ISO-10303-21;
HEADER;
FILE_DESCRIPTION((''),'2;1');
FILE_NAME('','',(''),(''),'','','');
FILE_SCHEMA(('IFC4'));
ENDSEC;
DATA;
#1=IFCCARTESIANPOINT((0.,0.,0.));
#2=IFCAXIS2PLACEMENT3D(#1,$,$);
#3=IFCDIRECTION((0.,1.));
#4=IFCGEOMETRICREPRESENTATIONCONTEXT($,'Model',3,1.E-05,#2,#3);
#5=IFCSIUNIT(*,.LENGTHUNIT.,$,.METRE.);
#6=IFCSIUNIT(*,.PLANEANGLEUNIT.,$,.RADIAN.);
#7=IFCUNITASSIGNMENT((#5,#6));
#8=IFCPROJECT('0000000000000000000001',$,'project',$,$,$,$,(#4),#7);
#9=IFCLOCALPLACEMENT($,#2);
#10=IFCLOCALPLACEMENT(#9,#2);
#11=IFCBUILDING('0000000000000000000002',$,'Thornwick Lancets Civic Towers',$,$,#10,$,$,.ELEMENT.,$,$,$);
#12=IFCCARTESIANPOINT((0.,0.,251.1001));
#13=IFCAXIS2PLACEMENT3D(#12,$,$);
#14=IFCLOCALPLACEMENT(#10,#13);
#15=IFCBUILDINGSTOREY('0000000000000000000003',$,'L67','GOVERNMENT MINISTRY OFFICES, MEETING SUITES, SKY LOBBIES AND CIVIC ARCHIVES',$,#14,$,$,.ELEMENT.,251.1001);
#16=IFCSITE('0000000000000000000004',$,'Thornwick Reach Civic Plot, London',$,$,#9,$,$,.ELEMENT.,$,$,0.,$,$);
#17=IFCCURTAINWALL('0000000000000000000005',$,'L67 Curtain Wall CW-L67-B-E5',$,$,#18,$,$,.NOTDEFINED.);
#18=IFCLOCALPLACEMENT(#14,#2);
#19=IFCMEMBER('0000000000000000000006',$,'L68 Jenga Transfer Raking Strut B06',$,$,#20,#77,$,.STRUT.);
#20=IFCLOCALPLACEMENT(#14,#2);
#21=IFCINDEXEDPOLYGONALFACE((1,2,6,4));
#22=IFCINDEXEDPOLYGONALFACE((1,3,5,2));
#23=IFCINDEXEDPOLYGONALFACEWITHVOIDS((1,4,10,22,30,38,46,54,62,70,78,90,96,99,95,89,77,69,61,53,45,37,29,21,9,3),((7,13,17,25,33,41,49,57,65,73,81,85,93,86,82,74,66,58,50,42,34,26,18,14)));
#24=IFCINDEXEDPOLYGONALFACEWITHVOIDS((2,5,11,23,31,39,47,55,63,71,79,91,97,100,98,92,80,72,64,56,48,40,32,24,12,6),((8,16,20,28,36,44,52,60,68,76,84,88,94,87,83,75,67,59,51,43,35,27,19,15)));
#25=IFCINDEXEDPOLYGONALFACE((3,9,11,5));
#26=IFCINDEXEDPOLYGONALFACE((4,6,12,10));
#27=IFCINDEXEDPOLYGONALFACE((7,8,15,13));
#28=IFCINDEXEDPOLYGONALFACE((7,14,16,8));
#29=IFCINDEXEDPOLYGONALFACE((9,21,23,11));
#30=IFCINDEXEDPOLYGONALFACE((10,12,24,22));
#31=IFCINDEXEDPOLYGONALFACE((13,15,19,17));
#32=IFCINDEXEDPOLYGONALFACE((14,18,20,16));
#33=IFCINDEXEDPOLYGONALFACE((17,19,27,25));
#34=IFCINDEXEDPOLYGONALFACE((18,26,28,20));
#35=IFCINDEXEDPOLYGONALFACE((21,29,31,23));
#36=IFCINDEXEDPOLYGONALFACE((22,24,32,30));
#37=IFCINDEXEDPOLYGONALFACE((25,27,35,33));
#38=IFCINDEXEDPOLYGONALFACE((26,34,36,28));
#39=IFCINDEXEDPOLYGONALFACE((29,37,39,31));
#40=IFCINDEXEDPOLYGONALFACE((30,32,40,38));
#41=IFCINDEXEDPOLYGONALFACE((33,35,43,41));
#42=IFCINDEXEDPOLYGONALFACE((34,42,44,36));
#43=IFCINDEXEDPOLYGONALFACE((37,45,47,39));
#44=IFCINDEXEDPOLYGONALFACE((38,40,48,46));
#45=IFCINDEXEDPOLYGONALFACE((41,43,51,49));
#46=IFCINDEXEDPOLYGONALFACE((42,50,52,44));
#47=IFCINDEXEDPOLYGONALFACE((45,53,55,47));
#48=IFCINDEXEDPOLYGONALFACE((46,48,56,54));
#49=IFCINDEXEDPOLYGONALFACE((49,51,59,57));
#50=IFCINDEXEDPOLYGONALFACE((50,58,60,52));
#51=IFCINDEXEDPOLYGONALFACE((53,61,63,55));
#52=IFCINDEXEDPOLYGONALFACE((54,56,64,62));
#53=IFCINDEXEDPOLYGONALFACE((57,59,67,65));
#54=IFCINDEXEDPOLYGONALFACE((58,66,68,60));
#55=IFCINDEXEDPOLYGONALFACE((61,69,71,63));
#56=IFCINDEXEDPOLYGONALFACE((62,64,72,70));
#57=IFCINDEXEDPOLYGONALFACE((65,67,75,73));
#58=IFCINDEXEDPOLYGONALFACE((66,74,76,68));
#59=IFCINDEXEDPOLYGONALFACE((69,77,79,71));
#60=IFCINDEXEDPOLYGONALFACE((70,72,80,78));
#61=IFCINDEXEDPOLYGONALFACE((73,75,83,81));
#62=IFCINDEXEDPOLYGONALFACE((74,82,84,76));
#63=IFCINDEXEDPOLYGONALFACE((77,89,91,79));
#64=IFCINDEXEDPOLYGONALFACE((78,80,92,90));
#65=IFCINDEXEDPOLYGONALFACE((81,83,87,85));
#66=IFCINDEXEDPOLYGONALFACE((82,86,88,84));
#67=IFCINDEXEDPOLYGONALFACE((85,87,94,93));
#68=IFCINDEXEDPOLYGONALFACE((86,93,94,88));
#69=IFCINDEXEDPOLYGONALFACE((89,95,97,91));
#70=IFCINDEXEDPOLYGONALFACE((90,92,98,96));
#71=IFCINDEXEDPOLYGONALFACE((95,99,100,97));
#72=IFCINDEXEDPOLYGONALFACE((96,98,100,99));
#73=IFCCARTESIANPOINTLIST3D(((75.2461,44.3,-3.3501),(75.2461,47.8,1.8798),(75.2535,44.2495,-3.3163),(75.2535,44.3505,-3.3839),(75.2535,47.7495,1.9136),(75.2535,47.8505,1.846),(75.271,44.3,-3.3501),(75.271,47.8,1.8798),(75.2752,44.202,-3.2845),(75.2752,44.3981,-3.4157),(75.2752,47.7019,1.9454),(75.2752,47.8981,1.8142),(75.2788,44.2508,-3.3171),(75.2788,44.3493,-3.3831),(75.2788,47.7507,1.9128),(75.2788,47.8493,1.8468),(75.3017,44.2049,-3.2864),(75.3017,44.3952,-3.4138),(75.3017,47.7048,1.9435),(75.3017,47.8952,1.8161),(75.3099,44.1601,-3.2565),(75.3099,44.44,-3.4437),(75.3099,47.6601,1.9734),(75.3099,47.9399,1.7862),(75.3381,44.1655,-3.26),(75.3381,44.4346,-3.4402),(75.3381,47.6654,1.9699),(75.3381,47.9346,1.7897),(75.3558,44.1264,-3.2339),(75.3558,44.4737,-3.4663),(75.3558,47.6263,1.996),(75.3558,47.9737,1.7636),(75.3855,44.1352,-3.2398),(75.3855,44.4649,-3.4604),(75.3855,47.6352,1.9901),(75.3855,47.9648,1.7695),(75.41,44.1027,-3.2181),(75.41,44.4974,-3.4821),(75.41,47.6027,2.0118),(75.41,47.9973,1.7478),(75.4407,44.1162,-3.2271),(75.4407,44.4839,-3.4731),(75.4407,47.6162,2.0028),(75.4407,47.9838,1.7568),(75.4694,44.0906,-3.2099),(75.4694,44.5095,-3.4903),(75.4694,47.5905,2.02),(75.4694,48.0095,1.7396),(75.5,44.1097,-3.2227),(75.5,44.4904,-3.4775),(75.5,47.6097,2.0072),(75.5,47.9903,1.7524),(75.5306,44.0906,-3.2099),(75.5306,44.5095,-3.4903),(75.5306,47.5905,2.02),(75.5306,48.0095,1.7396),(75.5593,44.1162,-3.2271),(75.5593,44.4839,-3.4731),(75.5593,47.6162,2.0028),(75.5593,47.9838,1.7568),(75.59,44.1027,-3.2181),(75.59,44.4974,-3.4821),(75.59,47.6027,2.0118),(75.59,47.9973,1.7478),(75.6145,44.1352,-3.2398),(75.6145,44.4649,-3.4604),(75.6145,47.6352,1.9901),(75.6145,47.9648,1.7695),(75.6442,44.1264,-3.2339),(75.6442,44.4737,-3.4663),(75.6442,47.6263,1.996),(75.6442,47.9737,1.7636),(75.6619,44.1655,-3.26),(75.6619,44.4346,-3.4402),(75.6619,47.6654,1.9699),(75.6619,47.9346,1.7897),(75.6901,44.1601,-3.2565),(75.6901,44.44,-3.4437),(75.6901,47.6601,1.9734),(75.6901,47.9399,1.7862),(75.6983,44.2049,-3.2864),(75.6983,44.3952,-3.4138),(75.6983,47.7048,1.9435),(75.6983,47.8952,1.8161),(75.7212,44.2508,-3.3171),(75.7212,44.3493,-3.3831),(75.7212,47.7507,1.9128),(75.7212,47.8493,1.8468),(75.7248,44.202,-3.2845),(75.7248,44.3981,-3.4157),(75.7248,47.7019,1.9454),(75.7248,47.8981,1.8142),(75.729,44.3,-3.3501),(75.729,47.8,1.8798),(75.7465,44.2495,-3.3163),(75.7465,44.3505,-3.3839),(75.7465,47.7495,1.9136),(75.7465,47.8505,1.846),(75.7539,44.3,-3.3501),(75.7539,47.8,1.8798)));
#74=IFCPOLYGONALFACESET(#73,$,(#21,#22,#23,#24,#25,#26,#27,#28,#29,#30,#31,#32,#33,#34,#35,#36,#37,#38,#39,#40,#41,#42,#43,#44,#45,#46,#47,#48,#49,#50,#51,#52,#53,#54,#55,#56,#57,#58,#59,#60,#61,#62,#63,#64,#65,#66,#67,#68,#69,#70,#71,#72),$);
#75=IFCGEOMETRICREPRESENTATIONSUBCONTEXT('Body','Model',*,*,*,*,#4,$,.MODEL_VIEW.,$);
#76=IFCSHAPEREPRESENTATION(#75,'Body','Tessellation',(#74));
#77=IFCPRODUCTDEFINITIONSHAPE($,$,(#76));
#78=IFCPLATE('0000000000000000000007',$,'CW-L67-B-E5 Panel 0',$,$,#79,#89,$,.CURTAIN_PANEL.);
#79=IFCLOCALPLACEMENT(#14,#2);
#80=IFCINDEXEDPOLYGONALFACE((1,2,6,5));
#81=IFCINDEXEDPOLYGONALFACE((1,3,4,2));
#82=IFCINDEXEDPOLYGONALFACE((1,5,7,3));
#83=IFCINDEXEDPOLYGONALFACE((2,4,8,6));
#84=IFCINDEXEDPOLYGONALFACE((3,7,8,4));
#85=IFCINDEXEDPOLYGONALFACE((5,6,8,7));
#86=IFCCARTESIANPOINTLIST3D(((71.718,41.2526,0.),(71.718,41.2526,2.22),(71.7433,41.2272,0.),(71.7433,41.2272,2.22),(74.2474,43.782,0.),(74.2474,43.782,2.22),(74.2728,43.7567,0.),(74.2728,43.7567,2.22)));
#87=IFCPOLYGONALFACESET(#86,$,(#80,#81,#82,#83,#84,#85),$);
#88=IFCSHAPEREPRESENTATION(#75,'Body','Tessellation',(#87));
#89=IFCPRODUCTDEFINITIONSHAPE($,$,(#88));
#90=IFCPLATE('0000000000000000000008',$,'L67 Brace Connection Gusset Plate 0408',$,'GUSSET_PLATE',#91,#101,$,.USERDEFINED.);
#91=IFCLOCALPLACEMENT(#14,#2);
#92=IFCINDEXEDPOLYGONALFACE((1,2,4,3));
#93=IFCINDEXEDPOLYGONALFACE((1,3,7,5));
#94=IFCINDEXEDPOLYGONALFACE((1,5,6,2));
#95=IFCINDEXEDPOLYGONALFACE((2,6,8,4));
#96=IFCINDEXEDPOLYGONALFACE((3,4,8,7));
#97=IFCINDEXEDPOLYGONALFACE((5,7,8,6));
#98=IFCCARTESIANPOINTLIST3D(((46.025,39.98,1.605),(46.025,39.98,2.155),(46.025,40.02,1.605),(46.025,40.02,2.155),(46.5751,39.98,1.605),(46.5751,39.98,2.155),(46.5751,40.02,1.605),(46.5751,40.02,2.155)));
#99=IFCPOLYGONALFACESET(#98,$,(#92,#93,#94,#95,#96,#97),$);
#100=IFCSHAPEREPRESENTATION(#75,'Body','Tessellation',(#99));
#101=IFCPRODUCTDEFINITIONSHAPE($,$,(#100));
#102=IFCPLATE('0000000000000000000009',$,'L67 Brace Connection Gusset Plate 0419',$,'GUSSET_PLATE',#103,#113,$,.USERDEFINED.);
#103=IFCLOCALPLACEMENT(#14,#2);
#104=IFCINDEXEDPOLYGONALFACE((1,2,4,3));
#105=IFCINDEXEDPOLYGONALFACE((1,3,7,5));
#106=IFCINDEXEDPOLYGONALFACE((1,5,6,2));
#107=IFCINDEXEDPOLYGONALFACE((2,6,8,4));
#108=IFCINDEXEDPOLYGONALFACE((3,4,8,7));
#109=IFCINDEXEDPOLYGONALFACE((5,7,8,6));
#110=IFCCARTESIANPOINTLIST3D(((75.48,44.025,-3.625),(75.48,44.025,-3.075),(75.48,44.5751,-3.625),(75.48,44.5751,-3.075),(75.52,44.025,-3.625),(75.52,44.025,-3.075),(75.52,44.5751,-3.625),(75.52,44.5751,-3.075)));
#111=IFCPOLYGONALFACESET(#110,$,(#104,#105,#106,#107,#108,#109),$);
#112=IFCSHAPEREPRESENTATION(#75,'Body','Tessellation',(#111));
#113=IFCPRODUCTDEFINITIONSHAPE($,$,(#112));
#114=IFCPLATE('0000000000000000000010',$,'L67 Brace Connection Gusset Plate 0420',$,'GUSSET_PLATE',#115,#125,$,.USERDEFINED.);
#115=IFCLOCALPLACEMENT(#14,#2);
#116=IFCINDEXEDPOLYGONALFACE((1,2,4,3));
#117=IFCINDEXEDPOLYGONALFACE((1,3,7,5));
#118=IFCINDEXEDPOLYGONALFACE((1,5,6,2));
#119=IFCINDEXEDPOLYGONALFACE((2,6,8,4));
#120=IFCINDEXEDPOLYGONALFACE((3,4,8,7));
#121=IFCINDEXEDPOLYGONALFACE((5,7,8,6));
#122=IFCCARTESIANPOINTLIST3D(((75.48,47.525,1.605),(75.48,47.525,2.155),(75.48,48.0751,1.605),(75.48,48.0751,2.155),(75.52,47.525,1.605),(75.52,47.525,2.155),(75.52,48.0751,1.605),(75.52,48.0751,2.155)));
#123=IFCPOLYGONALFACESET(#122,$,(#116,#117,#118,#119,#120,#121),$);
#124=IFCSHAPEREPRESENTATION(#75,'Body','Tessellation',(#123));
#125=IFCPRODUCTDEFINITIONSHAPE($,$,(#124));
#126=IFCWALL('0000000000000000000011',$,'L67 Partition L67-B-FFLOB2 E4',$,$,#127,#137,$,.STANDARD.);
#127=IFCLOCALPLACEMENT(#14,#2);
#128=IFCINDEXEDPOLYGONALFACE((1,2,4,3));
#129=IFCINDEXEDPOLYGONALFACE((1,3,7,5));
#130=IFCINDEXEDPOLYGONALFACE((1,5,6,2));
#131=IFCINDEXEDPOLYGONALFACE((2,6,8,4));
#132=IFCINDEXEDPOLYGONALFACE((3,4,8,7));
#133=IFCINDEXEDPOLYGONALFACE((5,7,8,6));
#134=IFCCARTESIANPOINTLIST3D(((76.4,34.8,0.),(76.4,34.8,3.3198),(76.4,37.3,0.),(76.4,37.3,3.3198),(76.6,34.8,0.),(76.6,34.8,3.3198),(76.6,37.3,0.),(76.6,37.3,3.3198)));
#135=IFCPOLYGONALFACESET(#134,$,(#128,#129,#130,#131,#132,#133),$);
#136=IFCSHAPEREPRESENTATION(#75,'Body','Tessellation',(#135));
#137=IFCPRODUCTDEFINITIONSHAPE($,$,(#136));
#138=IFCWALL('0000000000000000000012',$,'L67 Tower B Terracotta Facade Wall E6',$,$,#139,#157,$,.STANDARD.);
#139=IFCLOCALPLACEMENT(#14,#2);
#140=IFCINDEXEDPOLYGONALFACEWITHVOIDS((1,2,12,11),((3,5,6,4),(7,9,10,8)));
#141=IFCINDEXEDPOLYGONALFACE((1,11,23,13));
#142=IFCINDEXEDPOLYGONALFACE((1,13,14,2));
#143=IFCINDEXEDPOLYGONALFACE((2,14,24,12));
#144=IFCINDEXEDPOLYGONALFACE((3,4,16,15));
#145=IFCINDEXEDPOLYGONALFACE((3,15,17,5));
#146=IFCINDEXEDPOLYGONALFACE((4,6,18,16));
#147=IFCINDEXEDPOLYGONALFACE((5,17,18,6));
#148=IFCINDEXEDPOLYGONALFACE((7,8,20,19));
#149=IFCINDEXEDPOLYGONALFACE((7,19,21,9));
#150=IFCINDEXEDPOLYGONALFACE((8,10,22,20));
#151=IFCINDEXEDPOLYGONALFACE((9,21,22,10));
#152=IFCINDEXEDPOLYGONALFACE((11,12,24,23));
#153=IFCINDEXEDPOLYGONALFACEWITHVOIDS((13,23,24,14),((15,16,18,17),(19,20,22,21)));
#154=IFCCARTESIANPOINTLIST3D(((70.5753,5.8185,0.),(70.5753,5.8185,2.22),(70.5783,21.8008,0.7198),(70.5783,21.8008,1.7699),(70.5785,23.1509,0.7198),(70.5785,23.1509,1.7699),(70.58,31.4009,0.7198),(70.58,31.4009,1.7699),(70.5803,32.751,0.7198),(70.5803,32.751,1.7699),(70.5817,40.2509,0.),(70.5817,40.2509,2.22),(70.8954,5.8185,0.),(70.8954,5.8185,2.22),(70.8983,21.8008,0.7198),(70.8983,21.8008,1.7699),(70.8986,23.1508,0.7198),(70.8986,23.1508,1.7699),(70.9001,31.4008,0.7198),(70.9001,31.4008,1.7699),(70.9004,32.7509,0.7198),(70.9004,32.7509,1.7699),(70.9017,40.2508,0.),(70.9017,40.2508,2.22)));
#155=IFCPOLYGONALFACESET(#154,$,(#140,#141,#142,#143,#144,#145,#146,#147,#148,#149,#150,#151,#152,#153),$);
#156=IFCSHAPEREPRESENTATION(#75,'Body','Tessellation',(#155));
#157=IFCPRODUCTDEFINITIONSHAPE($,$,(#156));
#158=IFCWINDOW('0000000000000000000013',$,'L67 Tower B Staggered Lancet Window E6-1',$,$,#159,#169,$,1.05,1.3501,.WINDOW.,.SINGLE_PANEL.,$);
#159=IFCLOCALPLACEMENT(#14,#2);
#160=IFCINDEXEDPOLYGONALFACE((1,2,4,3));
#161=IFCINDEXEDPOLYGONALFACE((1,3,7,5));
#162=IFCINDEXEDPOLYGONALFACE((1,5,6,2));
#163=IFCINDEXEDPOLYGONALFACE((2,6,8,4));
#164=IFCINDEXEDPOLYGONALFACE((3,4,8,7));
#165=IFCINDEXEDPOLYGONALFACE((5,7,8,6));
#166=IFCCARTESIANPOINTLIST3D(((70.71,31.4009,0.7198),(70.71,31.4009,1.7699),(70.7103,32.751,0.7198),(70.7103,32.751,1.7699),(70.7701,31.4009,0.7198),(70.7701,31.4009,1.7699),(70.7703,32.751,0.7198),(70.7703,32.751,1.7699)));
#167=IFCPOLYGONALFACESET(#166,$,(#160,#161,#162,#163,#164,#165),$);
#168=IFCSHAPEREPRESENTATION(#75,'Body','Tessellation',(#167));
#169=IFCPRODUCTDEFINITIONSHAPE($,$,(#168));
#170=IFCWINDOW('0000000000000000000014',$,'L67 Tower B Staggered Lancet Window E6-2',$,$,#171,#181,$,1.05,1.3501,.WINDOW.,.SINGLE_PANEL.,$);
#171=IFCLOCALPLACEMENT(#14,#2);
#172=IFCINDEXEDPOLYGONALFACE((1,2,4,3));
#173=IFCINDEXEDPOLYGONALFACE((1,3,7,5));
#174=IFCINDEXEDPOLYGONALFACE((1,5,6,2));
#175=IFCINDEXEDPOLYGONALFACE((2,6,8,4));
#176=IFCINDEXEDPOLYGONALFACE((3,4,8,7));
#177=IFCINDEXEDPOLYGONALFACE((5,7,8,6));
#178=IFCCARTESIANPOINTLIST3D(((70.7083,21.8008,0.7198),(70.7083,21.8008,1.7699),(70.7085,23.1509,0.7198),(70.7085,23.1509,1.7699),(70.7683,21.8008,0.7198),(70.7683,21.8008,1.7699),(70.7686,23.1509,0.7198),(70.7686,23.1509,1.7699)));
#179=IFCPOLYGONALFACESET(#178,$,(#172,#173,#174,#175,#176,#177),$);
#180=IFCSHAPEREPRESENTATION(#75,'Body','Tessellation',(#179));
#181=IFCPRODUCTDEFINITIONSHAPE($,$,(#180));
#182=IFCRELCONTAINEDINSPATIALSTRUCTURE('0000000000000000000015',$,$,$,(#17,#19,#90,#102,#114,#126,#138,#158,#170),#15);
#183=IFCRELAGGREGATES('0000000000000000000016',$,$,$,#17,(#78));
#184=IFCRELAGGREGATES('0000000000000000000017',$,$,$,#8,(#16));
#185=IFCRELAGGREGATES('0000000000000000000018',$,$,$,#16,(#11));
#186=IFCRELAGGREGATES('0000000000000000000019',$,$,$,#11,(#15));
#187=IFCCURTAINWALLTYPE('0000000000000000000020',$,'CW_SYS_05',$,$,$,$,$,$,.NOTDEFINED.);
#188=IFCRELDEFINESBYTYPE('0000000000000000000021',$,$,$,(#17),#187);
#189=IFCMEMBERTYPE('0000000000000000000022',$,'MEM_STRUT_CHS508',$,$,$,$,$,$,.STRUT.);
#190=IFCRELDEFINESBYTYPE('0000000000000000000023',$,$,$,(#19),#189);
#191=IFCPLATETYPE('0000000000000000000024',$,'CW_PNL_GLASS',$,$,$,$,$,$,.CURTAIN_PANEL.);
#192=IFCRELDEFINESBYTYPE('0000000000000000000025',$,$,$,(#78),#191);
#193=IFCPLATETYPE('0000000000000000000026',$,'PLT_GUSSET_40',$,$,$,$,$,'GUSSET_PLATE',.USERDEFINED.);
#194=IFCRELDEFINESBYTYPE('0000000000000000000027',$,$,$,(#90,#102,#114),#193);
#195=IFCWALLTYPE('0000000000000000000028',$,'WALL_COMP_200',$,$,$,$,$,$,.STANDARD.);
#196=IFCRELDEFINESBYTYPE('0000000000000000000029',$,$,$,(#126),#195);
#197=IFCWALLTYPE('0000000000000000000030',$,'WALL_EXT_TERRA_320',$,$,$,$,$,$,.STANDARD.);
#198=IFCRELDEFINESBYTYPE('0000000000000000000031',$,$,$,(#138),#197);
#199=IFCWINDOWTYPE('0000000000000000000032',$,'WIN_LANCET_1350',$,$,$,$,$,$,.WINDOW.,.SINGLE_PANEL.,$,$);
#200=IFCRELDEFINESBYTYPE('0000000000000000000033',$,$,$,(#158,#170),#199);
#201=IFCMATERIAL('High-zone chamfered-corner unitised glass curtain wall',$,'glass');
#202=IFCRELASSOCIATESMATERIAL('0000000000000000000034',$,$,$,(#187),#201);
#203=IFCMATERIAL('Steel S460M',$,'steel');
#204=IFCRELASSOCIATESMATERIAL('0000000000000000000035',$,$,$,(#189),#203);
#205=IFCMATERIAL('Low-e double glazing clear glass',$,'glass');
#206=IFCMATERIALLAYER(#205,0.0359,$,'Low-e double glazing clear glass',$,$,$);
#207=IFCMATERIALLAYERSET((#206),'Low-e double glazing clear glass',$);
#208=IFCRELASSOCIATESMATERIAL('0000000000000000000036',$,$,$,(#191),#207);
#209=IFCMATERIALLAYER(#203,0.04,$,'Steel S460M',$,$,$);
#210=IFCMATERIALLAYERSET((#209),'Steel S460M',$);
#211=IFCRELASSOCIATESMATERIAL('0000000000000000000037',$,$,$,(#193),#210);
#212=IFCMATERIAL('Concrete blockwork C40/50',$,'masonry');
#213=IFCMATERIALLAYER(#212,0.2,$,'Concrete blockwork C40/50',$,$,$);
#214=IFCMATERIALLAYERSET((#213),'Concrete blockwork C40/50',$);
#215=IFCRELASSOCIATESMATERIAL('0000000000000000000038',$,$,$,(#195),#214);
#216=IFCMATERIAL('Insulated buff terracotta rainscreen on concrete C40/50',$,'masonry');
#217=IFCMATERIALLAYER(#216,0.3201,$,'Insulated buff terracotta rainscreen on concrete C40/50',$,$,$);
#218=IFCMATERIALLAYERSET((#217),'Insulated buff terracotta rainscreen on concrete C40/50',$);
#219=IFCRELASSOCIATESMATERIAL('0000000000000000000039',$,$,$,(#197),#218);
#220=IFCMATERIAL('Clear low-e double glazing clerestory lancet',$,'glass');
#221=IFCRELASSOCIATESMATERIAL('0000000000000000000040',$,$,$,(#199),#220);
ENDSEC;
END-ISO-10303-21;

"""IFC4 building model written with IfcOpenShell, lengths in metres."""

from ifc_helpers import new_model, si_unit, direction, frame, frame_2d, origin, origin_2d, place, context, subcontext, project, spatial, rectangle, hollow_circle, extrude, material, layer, layer_set, material_profile, profile_set, type_object, element, fill, aggregate, save


model = new_model("IFC4")

# Units and contexts
model_context = context("Model", 3, precision=1e-05, world=origin(), true_north=direction((0.0, 1.0)))
body_context = subcontext(model_context, "Body", "Model", "MODEL_VIEW")
ifc_project = project(units=[si_unit("LENGTHUNIT", "METRE"), si_unit("PLANEANGLEUNIT", "RADIAN")], contexts=[model_context])

# Site, building, storey
site_placement = place(None, origin())
site = spatial("IfcSite", under=ifc_project, at=site_placement, Name="Thornwick Reach Civic Plot, London", CompositionType="ELEMENT", RefElevation=0.0)
building_placement = place(site_placement, origin())
building = spatial("IfcBuilding", under=site, at=building_placement, Name="Thornwick Lancets Civic Towers", CompositionType="ELEMENT")
storey_placement = place(building_placement, frame((0.0, 0.0, 251.1001)))
storey = spatial("IfcBuildingStorey", under=building, at=storey_placement, Name="L67", Description="GOVERNMENT MINISTRY OFFICES, MEETING SUITES, SKY LOBBIES AND CIVIC ARCHIVES", CompositionType="ELEMENT", Elevation=251.1001)

# Curtain wall
ifc_material_1 = material(Name="High-zone chamfered-corner unitised glass curtain wall", Category="glass")
curtain_wall_type = type_object("IfcCurtainWallType", Name="CW_SYS_05", PredefinedType="NOTDEFINED", material=ifc_material_1)
curtain_wall_placement = place(storey_placement, origin())
curtain_wall = element("IfcCurtainWall", 1, at=curtain_wall_placement, inside=storey, type_object=curtain_wall_type, Name="L67 Curtain Wall CW-L67-B-E5", PredefinedType="NOTDEFINED")

# Member
ifc_material_2 = material(Name="Steel S460M", Category="steel")
ifc_material_profile_1 = material_profile(ifc_material_2, hollow_circle(Radius=0.2539, WallThickness=0.0249, at=origin_2d()), Name="CHS 508x25")
ifc_profile_set_1 = profile_set([ifc_material_profile_1], Name="Steel S460M")
member_type_1 = type_object("IfcMemberType", Name="MEM_STRUT_CHS508", PredefinedType="STRUT", material=ifc_profile_set_1)
member_1_placement = place(storey_placement, frame((75.5, 44.3, -3.3501), z_axis=(0.0, 0.556168, 0.83107), x_axis=(-1.0, 0.0, 0.0)))
element("IfcMember", 2, at=member_1_placement, inside=storey, type_object=member_type_1, Name="L68 Jenga Transfer Raking Strut B06", PredefinedType="STRUT", context=body_context, shape_type="SweptSolid", body=[
    extrude(hollow_circle(Radius=0.2539, WallThickness=0.0249, at=origin_2d()), origin(), (0.0, 0.0, 1.0), 6.293),
])

# Plate
ifc_material_3 = material(Name="Low-e double glazing clear glass", Category="glass")
ifc_layer_1 = layer(ifc_material_3, 0.0359, Name="Low-e double glazing clear glass")
ifc_layer_set_1 = layer_set([ifc_layer_1], Name="Low-e double glazing clear glass")
plate_type_1 = type_object("IfcPlateType", Name="CW_PNL_GLASS", PredefinedType="CURTAIN_PANEL", material=ifc_layer_set_1)
plate_placement = place(storey_placement, frame((72.9954, 42.5046, 0.0), z_axis=(0.0, 0.0, 1.0), x_axis=(-0.707107, -0.707107, 0.0)))
plate = element("IfcPlate", 3, at=plate_placement, type_object=plate_type_1, Name="CW-L67-B-E5 Panel 0", PredefinedType="CURTAIN_PANEL", context=body_context, shape_type="SweptSolid", body=[
    extrude(rectangle(XDim=3.5771, YDim=0.0359, at=origin_2d()), origin(), (0.0, 0.0, 1.0), 2.22),
])
aggregate(curtain_wall, [plate])

# Plates
ifc_layer_2 = layer(ifc_material_2, 0.04, Name="Steel S460M")
ifc_layer_set_2 = layer_set([ifc_layer_2], Name="Steel S460M")
plate_type_2 = type_object("IfcPlateType", Name="PLT_GUSSET_40", ElementType="GUSSET_PLATE", PredefinedType="USERDEFINED", material=ifc_layer_set_2)
for number, where, z_axis, x_axis, name in (
    (4, (46.3, 40.0, 1.605), (0.0, 0.0, 1.0), (1.0, 0.0, 0.0), "L67 Brace Connection Gusset Plate 0408"),
    (5, (75.5, 44.3, -3.625), (0.0, 0.0, 1.0), (0.0, 1.0, 0.0), "L67 Brace Connection Gusset Plate 0419"),
    (6, (75.5, 47.8, 1.605), (0.0, 0.0, 1.0), (0.0, 1.0, 0.0), "L67 Brace Connection Gusset Plate 0420"),
):
    element("IfcPlate", number, at=place(storey_placement, frame(where, z_axis=z_axis, x_axis=x_axis)), inside=storey, type_object=plate_type_2, Name=name, ObjectType="GUSSET_PLATE", PredefinedType="USERDEFINED", context=body_context, shape_type="SweptSolid", body=[
        extrude(rectangle(XDim=0.55, YDim=0.04, at=origin_2d()), origin(), (0.0, 0.0, 1.0), 0.55),
    ])

# Wall
ifc_material_4 = material(Name="Concrete blockwork C40/50", Category="masonry")
ifc_layer_3 = layer(ifc_material_4, 0.2, Name="Concrete blockwork C40/50")
ifc_layer_set_3 = layer_set([ifc_layer_3], Name="Concrete blockwork C40/50")
wall_type_1 = type_object("IfcWallType", Name="WALL_COMP_200", PredefinedType="STANDARD", material=ifc_layer_set_3)
wall_1_placement = place(storey_placement, frame((76.5, 37.3, 0.0), z_axis=(0.0, 0.0, 1.0), x_axis=(0.0, -1.0, 0.0)))
element("IfcWall", 7, at=wall_1_placement, inside=storey, type_object=wall_type_1, Name="L67 Partition L67-B-FFLOB2 E4", PredefinedType="STANDARD", context=body_context, shape_type="SweptSolid", body=[
    extrude(rectangle(XDim=2.5, YDim=0.2, at=frame_2d((1.25, 0.0))), origin(), (0.0, 0.0, 1.0), 3.3198),
])

# Wall, openings, windows
ifc_material_5 = material(Name="Insulated buff terracotta rainscreen on concrete C40/50", Category="masonry")
ifc_layer_4 = layer(ifc_material_5, 0.3201, Name="Insulated buff terracotta rainscreen on concrete C40/50")
ifc_layer_set_4 = layer_set([ifc_layer_4], Name="Insulated buff terracotta rainscreen on concrete C40/50")
wall_type_2 = type_object("IfcWallType", Name="WALL_EXT_TERRA_320", PredefinedType="STANDARD", material=ifc_layer_set_4)
wall_2_placement = place(storey_placement, frame((70.7417, 40.251, 0.0), z_axis=(0.0, 0.0, 1.0), x_axis=(-0.000184, -1.0, 0.0)))
wall_2 = element("IfcWall", 8, at=wall_2_placement, inside=storey, type_object=wall_type_2, Name="L67 Tower B Terracotta Facade Wall E6", PredefinedType="STANDARD", context=body_context, shape_type="SweptSolid", body=[
    extrude(rectangle(XDim=34.4324, YDim=0.3201, at=frame_2d((17.2163, 0.0))), origin(), (0.0, 0.0, 1.0), 2.22),
])
opening_1_placement = place(wall_2_placement, frame((7.5, 0.0, 0.72)))
opening_1 = element("IfcOpeningElement", 9, at=opening_1_placement, cuts=wall_2, PredefinedType="OPENING", context=body_context, shape_type="SweptSolid", body=[
    extrude(rectangle(XDim=1.3501, YDim=1.05, at=frame_2d((0.675, 0.5249))), frame((0.0, 0.1699, 0.0), z_axis=(0.0, -1.0, 0.0), x_axis=(1.0, 0.0, 0.0)), (0.0, 0.0, 1.0), 0.3401),
])
opening_2_placement = place(wall_2_placement, frame((17.1001, 0.0, 0.72)))
opening_2 = element("IfcOpeningElement", 10, at=opening_2_placement, cuts=wall_2, PredefinedType="OPENING", context=body_context, shape_type="SweptSolid", body=[
    extrude(rectangle(XDim=1.3501, YDim=1.05, at=frame_2d((0.675, 0.5249))), frame((0.0, 0.1699, 0.0), z_axis=(0.0, -1.0, 0.0), x_axis=(1.0, 0.0, 0.0)), (0.0, 0.0, 1.0), 0.3401),
])
ifc_material_6 = material(Name="Clear low-e double glazing clerestory lancet", Category="glass")
window_type = type_object("IfcWindowType", Name="WIN_LANCET_1350", PartitioningType="SINGLE_PANEL", PredefinedType="WINDOW", material=ifc_material_6)
window_1_placement = place(opening_1_placement, origin())
window_1 = element("IfcWindow", 11, at=window_1_placement, inside=storey, type_object=window_type, Name="L67 Tower B Staggered Lancet Window E6-1", OverallHeight=1.05, OverallWidth=1.3501, PartitioningType="SINGLE_PANEL", PredefinedType="WINDOW", context=body_context, shape_type="SweptSolid", body=[
    extrude(rectangle(XDim=1.3501, YDim=1.05, at=frame_2d((0.675, 0.5249))), frame((0.0, 0.03, 0.0), z_axis=(0.0, -1.0, 0.0), x_axis=(1.0, 0.0, 0.0)), (0.0, 0.0, 1.0), 0.0601),
])
fill(opening_1, window_1)
window_2_placement = place(opening_2_placement, origin())
window_2 = element("IfcWindow", 12, at=window_2_placement, inside=storey, type_object=window_type, Name="L67 Tower B Staggered Lancet Window E6-2", OverallHeight=1.05, OverallWidth=1.3501, PartitioningType="SINGLE_PANEL", PredefinedType="WINDOW", context=body_context, shape_type="SweptSolid", body=[
    extrude(rectangle(XDim=1.3501, YDim=1.05, at=frame_2d((0.675, 0.5249))), frame((0.0, 0.03, 0.0), z_axis=(0.0, -1.0, 0.0), x_axis=(1.0, 0.0, 0.0)), (0.0, 0.0, 1.0), 0.0601),
])
fill(opening_2, window_2)

save(model, "model.ifc")
